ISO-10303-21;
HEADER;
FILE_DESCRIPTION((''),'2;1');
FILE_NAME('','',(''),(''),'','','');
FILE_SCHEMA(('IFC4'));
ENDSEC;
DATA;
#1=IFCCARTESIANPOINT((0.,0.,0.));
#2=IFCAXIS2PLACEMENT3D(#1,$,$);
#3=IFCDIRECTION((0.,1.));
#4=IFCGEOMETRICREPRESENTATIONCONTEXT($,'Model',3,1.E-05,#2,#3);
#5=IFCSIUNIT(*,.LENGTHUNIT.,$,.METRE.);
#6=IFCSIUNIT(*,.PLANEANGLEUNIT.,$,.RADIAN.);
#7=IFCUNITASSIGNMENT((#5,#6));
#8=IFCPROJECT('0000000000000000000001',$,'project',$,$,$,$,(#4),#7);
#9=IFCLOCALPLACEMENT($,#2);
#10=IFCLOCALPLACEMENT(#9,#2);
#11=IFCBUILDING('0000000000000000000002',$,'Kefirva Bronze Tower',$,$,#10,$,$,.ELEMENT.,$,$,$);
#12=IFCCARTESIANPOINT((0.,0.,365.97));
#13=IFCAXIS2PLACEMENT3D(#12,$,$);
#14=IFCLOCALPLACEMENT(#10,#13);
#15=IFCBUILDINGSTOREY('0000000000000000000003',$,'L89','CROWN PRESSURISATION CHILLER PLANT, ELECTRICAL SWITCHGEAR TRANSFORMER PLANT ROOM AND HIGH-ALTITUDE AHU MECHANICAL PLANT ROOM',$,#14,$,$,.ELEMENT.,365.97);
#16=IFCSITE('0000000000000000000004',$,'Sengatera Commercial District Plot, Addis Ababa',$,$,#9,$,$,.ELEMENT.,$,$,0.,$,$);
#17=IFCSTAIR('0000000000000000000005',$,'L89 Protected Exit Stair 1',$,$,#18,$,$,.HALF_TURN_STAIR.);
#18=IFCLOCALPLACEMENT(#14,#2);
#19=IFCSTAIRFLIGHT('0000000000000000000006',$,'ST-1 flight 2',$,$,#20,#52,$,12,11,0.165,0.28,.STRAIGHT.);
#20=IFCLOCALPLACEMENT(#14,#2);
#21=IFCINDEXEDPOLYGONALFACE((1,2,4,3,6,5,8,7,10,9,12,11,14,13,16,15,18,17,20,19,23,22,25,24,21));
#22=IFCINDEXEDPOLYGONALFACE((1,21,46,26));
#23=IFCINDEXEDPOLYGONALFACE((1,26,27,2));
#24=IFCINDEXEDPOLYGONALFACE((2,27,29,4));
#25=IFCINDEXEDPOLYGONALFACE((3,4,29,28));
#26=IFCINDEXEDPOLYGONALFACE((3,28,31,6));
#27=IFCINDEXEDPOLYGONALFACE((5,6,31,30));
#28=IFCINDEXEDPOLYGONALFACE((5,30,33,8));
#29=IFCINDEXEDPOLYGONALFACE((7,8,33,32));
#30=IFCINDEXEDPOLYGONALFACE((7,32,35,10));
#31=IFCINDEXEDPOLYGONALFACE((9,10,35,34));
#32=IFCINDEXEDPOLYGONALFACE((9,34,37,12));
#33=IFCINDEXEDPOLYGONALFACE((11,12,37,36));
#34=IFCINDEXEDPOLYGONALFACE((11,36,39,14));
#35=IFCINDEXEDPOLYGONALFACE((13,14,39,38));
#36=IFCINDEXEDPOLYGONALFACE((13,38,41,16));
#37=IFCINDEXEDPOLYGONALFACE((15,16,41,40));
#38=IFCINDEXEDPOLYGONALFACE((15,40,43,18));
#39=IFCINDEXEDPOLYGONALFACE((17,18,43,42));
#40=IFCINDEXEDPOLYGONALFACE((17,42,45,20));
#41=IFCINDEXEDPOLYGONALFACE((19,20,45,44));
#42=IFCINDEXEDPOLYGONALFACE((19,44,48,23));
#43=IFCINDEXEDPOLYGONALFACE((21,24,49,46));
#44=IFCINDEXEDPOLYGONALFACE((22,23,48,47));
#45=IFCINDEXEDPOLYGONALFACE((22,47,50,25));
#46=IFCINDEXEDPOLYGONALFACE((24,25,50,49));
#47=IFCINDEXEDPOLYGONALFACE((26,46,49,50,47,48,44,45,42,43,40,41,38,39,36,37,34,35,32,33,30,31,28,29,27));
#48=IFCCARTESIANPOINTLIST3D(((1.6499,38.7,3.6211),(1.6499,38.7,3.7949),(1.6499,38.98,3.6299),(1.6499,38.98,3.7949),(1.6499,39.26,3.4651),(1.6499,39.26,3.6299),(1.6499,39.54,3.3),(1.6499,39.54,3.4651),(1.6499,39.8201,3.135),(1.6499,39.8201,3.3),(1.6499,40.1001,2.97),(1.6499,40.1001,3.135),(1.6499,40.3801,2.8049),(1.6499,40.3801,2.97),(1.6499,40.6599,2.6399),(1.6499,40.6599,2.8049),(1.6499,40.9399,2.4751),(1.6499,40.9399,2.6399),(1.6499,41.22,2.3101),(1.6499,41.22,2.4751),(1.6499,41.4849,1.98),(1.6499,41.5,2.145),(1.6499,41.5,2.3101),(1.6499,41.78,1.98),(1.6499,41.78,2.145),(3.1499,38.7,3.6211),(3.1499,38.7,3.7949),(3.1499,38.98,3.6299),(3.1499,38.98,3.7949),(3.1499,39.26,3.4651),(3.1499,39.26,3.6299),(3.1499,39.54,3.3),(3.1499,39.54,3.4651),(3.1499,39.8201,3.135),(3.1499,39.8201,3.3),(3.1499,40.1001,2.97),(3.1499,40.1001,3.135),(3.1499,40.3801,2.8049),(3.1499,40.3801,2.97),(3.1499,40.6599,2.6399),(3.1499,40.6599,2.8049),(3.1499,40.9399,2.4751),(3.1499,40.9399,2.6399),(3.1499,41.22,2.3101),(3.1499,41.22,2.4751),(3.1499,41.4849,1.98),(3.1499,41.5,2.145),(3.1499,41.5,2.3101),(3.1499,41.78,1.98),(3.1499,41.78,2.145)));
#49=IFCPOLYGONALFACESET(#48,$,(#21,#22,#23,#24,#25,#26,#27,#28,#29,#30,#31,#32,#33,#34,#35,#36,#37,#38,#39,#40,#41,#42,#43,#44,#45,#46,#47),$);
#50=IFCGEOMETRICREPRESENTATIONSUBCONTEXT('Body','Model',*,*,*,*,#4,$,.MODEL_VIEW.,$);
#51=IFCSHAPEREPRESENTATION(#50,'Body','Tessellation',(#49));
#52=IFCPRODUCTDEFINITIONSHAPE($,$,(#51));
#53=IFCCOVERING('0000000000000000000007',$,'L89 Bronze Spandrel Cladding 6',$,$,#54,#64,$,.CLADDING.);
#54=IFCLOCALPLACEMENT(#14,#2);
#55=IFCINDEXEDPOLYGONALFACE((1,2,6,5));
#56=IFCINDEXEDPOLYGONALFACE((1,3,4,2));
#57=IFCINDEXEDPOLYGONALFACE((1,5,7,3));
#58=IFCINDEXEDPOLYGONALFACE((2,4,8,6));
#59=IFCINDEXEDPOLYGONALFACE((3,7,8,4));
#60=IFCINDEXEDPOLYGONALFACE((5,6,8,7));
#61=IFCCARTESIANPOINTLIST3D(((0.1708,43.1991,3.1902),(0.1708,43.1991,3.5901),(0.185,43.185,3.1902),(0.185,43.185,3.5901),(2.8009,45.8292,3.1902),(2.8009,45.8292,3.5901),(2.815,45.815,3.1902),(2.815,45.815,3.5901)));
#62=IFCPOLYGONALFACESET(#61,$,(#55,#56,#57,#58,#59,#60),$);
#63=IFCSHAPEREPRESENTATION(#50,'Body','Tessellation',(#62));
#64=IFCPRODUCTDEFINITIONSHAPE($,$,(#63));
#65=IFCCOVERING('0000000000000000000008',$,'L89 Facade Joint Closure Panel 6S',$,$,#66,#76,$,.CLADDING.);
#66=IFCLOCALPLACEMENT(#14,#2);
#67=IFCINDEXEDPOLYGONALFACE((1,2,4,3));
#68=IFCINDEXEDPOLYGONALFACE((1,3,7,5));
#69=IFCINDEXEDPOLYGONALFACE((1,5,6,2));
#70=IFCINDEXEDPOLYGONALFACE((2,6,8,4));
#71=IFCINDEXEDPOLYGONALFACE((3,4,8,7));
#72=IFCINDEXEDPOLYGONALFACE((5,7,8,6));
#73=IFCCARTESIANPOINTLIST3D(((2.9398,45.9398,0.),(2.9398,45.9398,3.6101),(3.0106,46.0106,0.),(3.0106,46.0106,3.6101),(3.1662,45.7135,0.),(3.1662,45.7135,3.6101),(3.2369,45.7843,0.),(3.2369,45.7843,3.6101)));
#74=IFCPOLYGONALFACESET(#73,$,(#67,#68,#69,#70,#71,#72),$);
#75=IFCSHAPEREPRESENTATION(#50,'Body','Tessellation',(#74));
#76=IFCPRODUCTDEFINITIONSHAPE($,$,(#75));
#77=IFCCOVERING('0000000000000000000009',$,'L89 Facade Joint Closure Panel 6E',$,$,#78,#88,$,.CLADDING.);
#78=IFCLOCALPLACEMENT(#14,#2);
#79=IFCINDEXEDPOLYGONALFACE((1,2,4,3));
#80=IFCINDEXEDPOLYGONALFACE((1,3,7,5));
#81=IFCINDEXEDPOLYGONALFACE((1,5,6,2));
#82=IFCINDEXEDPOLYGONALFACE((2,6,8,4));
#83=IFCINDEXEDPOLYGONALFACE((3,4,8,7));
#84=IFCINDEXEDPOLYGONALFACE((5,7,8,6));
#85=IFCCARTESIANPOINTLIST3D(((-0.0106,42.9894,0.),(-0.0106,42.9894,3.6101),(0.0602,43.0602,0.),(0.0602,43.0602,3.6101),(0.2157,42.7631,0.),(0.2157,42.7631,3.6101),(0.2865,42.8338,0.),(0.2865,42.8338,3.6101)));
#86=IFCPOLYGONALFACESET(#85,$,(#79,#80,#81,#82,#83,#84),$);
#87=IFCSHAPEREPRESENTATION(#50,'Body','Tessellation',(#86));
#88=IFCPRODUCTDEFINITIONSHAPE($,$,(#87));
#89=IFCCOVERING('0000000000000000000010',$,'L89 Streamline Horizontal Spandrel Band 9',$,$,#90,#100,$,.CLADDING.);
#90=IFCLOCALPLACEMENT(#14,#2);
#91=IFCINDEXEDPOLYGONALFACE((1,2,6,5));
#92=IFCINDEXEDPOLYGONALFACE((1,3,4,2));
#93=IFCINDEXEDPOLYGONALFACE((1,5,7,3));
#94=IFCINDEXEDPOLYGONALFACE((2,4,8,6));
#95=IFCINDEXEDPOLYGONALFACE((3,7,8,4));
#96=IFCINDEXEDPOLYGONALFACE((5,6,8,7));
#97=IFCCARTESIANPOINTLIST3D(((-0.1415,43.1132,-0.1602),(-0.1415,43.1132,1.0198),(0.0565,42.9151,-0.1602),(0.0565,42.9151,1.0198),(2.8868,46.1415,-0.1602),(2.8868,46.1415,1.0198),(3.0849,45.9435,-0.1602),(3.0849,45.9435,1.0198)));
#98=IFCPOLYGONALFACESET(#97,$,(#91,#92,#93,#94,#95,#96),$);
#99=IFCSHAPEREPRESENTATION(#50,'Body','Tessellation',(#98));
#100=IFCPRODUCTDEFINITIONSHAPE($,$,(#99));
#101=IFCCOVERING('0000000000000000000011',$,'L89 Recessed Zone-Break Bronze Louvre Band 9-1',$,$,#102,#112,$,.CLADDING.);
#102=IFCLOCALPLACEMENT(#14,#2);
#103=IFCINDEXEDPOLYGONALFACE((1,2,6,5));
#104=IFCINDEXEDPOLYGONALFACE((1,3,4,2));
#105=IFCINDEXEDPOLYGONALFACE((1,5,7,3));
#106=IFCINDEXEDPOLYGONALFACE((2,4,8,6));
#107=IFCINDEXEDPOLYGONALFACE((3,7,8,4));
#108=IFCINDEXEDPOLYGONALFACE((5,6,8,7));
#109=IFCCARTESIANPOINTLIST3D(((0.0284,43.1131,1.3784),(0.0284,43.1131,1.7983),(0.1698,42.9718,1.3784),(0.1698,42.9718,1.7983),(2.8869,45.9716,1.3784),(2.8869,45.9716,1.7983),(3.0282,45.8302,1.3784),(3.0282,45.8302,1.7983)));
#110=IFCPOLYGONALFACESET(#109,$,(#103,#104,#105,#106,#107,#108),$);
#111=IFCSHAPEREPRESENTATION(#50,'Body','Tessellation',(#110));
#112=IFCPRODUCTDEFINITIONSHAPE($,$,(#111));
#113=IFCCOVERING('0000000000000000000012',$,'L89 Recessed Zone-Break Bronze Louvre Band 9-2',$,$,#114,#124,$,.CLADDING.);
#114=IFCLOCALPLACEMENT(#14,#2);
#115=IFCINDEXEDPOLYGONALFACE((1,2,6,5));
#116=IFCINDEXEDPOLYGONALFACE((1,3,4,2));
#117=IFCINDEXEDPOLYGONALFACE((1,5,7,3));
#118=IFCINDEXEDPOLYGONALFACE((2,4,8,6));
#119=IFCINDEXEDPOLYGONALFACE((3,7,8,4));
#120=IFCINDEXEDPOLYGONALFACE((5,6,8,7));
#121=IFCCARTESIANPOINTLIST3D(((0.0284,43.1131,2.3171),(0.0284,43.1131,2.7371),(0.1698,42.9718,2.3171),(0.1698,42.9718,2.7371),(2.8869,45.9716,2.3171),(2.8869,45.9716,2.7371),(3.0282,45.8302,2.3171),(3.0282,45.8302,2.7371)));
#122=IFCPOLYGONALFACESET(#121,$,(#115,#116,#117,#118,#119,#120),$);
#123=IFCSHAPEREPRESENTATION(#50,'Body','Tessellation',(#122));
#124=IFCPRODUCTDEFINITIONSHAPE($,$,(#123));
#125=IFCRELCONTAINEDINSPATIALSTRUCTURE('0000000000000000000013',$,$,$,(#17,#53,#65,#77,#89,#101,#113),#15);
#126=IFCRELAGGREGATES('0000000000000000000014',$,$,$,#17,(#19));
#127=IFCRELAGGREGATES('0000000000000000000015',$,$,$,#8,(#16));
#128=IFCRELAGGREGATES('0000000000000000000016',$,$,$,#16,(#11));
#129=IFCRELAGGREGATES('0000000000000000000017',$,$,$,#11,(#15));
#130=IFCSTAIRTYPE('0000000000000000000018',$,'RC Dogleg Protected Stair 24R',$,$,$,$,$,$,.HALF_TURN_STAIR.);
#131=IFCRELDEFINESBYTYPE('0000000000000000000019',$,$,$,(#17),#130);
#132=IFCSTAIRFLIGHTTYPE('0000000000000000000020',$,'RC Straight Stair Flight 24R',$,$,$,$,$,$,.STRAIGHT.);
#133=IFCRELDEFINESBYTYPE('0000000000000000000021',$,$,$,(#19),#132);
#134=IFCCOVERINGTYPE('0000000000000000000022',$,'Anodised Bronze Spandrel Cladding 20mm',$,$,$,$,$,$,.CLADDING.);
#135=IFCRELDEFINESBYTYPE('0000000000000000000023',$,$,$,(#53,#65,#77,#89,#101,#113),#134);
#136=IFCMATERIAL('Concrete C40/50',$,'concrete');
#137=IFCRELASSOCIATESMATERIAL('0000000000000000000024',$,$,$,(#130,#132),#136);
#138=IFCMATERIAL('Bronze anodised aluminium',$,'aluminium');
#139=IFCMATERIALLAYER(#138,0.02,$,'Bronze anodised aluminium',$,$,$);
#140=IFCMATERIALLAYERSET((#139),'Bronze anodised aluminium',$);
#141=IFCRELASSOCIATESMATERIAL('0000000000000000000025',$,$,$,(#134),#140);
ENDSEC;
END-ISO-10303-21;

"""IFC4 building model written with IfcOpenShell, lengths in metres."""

from ifc_helpers import new_model, si_unit, direction, frame, origin, origin_2d, place, context, subcontext, project, spatial, polyline, rectangle, outline, extrude, material, layer, layer_set, type_object, element, aggregate, save


model = new_model("IFC4")

# Units and contexts
model_context = context("Model", 3, precision=1e-05, world=origin(), true_north=direction((0.0, 1.0)))
body_context = subcontext(model_context, "Body", "Model", "MODEL_VIEW")
ifc_project = project(units=[si_unit("LENGTHUNIT", "METRE"), si_unit("PLANEANGLEUNIT", "RADIAN")], contexts=[model_context])

# Site, building, storey
site_placement = place(None, origin())
site = spatial("IfcSite", under=ifc_project, at=site_placement, Name="Sengatera Commercial District Plot, Addis Ababa", CompositionType="ELEMENT", RefElevation=0.0)
building_placement = place(site_placement, origin())
building = spatial("IfcBuilding", under=site, at=building_placement, Name="Kefirva Bronze Tower", CompositionType="ELEMENT")
storey_placement = place(building_placement, frame((0.0, 0.0, 365.97)))
storey = spatial("IfcBuildingStorey", under=building, at=storey_placement, Name="L89", Description="CROWN PRESSURISATION CHILLER PLANT, ELECTRICAL SWITCHGEAR TRANSFORMER PLANT ROOM AND HIGH-ALTITUDE AHU MECHANICAL PLANT ROOM", CompositionType="ELEMENT", Elevation=365.97)

# Stair, stair flight
ifc_material_1 = material(Name="Concrete C40/50", Category="concrete")
stair_type = type_object("IfcStairType", Name="RC Dogleg Protected Stair 24R", PredefinedType="HALF_TURN_STAIR", material=ifc_material_1)
stair_placement = place(storey_placement, origin())
stair = element("IfcStair", 1, at=stair_placement, inside=storey, type_object=stair_type, Name="L89 Protected Exit Stair 1", PredefinedType="HALF_TURN_STAIR")
stair_flight_type = type_object("IfcStairFlightType", Name="RC Straight Stair Flight 24R", PredefinedType="STRAIGHT", material=ifc_material_1)
stair_flight_1_placement = place(storey_placement, frame((2.3999, 41.78, 1.98), z_axis=(0.0, 0.0, 1.0), x_axis=(0.0, -1.0, 0.0)))
stair_flight_1 = element("IfcStairFlight", 2, at=stair_flight_1_placement, type_object=stair_flight_type, Name="ST-1 flight 2", NumberOfRisers=12, NumberOfTreads=11, PredefinedType="STRAIGHT", RiserHeight=0.165, TreadLength=0.28, context=body_context, shape_type="SweptSolid", body=[
    extrude(outline(polyline([(0.0, 0.0), (0.0, 0.165), (0.28, 0.165), (0.28, 0.3301), (0.5601, 0.3301), (0.5601, 0.4951), (0.8401, 0.4951), (0.8401, 0.6599), (1.1201, 0.6599), (1.1201, 0.825), (1.3999, 0.825), (1.3999, 0.99), (1.6799, 0.99), (1.6799, 1.155), (1.96, 1.155), (1.96, 1.3201), (2.24, 1.3201), (2.24, 1.4851), (2.52, 1.4851), (2.52, 1.6499), (2.8, 1.6499), (2.8, 1.8149), (3.0801, 1.8149), (3.0801, 1.98), (3.0801, 1.6411), (0.2952, 0.0), (0.0, 0.0)])), frame((0.0, 0.75, 0.0), z_axis=(0.0, -1.0, 0.0), x_axis=(1.0, 0.0, 0.0)), (0.0, 0.0, 1.0), 1.5),
])
aggregate(stair, [stair_flight_1])

# Coverings
ifc_material_2 = material(Name="Bronze anodised aluminium", Category="aluminium")
ifc_layer_1 = layer(ifc_material_2, 0.02, Name="Bronze anodised aluminium")
ifc_layer_set_1 = layer_set([ifc_layer_1], Name="Bronze anodised aluminium")
covering_type_1 = type_object("IfcCoveringType", Name="Anodised Bronze Spandrel Cladding 20mm", PredefinedType="CLADDING", material=ifc_layer_set_1)
covering_1_placement = place(storey_placement, frame((1.4929, 44.5071, 3.1902), z_axis=(0.0, 0.0, 1.0), x_axis=(-0.707107, -0.707107, 0.0)))
element("IfcCovering", 3, at=covering_1_placement, inside=storey, type_object=covering_type_1, Name="L89 Bronze Spandrel Cladding 6", PredefinedType="CLADDING", context=body_context, shape_type="SweptSolid", body=[
    extrude(rectangle(XDim=3.7195, YDim=0.02, at=origin_2d()), origin(), (0.0, 0.0, 1.0), 0.3999),
])
for number, where, z_axis, x_axis, name in (
    (4, (3.0884, 45.8621, 0.0), (0.0, 0.0, 1.0), (-0.707107, -0.707107, 0.0), "L89 Facade Joint Closure Panel 6S"),
    (5, (0.1379, 42.9116, 0.0), (0.0, 0.0, 1.0), (-0.707107, -0.707107, 0.0), "L89 Facade Joint Closure Panel 6E"),
):
    element("IfcCovering", number, at=place(storey_placement, frame(where, z_axis=z_axis, x_axis=x_axis)), inside=storey, type_object=covering_type_1, Name=name, PredefinedType="CLADDING", context=body_context, shape_type="SweptSolid", body=[
        extrude(rectangle(XDim=0.1001, YDim=0.3201, at=origin_2d()), origin(), (0.0, 0.0, 1.0), 3.6101),
    ])
covering_2_placement = place(storey_placement, frame((1.4717, 44.5283, -0.1602), z_axis=(0.0, 0.0, 1.0), x_axis=(-0.707107, -0.707107, 0.0)))
element("IfcCovering", 6, at=covering_2_placement, inside=storey, type_object=covering_type_1, Name="L89 Streamline Horizontal Spandrel Band 9", PredefinedType="CLADDING", context=body_context, shape_type="SweptSolid", body=[
    extrude(rectangle(XDim=4.2827, YDim=0.28, at=origin_2d()), origin(), (0.0, 0.0, 1.0), 1.1799),
])
for number, where, z_axis, x_axis, name in (
    (7, (1.5283, 44.4717, 1.3784), (0.0, 0.0, 1.0), (-0.707107, -0.707107, 0.0), "L89 Recessed Zone-Break Bronze Louvre Band 9-1"),
    (8, (1.5283, 44.4717, 2.3171), (0.0, 0.0, 1.0), (-0.707107, -0.707107, 0.0), "L89 Recessed Zone-Break Bronze Louvre Band 9-2"),
):
    element("IfcCovering", number, at=place(storey_placement, frame(where, z_axis=z_axis, x_axis=x_axis)), inside=storey, type_object=covering_type_1, Name=name, PredefinedType="CLADDING", context=body_context, shape_type="SweptSolid", body=[
        extrude(rectangle(XDim=4.0425, YDim=0.2, at=origin_2d()), origin(), (0.0, 0.0, 1.0), 0.4199),
    ])

save(model, "model.ifc")
